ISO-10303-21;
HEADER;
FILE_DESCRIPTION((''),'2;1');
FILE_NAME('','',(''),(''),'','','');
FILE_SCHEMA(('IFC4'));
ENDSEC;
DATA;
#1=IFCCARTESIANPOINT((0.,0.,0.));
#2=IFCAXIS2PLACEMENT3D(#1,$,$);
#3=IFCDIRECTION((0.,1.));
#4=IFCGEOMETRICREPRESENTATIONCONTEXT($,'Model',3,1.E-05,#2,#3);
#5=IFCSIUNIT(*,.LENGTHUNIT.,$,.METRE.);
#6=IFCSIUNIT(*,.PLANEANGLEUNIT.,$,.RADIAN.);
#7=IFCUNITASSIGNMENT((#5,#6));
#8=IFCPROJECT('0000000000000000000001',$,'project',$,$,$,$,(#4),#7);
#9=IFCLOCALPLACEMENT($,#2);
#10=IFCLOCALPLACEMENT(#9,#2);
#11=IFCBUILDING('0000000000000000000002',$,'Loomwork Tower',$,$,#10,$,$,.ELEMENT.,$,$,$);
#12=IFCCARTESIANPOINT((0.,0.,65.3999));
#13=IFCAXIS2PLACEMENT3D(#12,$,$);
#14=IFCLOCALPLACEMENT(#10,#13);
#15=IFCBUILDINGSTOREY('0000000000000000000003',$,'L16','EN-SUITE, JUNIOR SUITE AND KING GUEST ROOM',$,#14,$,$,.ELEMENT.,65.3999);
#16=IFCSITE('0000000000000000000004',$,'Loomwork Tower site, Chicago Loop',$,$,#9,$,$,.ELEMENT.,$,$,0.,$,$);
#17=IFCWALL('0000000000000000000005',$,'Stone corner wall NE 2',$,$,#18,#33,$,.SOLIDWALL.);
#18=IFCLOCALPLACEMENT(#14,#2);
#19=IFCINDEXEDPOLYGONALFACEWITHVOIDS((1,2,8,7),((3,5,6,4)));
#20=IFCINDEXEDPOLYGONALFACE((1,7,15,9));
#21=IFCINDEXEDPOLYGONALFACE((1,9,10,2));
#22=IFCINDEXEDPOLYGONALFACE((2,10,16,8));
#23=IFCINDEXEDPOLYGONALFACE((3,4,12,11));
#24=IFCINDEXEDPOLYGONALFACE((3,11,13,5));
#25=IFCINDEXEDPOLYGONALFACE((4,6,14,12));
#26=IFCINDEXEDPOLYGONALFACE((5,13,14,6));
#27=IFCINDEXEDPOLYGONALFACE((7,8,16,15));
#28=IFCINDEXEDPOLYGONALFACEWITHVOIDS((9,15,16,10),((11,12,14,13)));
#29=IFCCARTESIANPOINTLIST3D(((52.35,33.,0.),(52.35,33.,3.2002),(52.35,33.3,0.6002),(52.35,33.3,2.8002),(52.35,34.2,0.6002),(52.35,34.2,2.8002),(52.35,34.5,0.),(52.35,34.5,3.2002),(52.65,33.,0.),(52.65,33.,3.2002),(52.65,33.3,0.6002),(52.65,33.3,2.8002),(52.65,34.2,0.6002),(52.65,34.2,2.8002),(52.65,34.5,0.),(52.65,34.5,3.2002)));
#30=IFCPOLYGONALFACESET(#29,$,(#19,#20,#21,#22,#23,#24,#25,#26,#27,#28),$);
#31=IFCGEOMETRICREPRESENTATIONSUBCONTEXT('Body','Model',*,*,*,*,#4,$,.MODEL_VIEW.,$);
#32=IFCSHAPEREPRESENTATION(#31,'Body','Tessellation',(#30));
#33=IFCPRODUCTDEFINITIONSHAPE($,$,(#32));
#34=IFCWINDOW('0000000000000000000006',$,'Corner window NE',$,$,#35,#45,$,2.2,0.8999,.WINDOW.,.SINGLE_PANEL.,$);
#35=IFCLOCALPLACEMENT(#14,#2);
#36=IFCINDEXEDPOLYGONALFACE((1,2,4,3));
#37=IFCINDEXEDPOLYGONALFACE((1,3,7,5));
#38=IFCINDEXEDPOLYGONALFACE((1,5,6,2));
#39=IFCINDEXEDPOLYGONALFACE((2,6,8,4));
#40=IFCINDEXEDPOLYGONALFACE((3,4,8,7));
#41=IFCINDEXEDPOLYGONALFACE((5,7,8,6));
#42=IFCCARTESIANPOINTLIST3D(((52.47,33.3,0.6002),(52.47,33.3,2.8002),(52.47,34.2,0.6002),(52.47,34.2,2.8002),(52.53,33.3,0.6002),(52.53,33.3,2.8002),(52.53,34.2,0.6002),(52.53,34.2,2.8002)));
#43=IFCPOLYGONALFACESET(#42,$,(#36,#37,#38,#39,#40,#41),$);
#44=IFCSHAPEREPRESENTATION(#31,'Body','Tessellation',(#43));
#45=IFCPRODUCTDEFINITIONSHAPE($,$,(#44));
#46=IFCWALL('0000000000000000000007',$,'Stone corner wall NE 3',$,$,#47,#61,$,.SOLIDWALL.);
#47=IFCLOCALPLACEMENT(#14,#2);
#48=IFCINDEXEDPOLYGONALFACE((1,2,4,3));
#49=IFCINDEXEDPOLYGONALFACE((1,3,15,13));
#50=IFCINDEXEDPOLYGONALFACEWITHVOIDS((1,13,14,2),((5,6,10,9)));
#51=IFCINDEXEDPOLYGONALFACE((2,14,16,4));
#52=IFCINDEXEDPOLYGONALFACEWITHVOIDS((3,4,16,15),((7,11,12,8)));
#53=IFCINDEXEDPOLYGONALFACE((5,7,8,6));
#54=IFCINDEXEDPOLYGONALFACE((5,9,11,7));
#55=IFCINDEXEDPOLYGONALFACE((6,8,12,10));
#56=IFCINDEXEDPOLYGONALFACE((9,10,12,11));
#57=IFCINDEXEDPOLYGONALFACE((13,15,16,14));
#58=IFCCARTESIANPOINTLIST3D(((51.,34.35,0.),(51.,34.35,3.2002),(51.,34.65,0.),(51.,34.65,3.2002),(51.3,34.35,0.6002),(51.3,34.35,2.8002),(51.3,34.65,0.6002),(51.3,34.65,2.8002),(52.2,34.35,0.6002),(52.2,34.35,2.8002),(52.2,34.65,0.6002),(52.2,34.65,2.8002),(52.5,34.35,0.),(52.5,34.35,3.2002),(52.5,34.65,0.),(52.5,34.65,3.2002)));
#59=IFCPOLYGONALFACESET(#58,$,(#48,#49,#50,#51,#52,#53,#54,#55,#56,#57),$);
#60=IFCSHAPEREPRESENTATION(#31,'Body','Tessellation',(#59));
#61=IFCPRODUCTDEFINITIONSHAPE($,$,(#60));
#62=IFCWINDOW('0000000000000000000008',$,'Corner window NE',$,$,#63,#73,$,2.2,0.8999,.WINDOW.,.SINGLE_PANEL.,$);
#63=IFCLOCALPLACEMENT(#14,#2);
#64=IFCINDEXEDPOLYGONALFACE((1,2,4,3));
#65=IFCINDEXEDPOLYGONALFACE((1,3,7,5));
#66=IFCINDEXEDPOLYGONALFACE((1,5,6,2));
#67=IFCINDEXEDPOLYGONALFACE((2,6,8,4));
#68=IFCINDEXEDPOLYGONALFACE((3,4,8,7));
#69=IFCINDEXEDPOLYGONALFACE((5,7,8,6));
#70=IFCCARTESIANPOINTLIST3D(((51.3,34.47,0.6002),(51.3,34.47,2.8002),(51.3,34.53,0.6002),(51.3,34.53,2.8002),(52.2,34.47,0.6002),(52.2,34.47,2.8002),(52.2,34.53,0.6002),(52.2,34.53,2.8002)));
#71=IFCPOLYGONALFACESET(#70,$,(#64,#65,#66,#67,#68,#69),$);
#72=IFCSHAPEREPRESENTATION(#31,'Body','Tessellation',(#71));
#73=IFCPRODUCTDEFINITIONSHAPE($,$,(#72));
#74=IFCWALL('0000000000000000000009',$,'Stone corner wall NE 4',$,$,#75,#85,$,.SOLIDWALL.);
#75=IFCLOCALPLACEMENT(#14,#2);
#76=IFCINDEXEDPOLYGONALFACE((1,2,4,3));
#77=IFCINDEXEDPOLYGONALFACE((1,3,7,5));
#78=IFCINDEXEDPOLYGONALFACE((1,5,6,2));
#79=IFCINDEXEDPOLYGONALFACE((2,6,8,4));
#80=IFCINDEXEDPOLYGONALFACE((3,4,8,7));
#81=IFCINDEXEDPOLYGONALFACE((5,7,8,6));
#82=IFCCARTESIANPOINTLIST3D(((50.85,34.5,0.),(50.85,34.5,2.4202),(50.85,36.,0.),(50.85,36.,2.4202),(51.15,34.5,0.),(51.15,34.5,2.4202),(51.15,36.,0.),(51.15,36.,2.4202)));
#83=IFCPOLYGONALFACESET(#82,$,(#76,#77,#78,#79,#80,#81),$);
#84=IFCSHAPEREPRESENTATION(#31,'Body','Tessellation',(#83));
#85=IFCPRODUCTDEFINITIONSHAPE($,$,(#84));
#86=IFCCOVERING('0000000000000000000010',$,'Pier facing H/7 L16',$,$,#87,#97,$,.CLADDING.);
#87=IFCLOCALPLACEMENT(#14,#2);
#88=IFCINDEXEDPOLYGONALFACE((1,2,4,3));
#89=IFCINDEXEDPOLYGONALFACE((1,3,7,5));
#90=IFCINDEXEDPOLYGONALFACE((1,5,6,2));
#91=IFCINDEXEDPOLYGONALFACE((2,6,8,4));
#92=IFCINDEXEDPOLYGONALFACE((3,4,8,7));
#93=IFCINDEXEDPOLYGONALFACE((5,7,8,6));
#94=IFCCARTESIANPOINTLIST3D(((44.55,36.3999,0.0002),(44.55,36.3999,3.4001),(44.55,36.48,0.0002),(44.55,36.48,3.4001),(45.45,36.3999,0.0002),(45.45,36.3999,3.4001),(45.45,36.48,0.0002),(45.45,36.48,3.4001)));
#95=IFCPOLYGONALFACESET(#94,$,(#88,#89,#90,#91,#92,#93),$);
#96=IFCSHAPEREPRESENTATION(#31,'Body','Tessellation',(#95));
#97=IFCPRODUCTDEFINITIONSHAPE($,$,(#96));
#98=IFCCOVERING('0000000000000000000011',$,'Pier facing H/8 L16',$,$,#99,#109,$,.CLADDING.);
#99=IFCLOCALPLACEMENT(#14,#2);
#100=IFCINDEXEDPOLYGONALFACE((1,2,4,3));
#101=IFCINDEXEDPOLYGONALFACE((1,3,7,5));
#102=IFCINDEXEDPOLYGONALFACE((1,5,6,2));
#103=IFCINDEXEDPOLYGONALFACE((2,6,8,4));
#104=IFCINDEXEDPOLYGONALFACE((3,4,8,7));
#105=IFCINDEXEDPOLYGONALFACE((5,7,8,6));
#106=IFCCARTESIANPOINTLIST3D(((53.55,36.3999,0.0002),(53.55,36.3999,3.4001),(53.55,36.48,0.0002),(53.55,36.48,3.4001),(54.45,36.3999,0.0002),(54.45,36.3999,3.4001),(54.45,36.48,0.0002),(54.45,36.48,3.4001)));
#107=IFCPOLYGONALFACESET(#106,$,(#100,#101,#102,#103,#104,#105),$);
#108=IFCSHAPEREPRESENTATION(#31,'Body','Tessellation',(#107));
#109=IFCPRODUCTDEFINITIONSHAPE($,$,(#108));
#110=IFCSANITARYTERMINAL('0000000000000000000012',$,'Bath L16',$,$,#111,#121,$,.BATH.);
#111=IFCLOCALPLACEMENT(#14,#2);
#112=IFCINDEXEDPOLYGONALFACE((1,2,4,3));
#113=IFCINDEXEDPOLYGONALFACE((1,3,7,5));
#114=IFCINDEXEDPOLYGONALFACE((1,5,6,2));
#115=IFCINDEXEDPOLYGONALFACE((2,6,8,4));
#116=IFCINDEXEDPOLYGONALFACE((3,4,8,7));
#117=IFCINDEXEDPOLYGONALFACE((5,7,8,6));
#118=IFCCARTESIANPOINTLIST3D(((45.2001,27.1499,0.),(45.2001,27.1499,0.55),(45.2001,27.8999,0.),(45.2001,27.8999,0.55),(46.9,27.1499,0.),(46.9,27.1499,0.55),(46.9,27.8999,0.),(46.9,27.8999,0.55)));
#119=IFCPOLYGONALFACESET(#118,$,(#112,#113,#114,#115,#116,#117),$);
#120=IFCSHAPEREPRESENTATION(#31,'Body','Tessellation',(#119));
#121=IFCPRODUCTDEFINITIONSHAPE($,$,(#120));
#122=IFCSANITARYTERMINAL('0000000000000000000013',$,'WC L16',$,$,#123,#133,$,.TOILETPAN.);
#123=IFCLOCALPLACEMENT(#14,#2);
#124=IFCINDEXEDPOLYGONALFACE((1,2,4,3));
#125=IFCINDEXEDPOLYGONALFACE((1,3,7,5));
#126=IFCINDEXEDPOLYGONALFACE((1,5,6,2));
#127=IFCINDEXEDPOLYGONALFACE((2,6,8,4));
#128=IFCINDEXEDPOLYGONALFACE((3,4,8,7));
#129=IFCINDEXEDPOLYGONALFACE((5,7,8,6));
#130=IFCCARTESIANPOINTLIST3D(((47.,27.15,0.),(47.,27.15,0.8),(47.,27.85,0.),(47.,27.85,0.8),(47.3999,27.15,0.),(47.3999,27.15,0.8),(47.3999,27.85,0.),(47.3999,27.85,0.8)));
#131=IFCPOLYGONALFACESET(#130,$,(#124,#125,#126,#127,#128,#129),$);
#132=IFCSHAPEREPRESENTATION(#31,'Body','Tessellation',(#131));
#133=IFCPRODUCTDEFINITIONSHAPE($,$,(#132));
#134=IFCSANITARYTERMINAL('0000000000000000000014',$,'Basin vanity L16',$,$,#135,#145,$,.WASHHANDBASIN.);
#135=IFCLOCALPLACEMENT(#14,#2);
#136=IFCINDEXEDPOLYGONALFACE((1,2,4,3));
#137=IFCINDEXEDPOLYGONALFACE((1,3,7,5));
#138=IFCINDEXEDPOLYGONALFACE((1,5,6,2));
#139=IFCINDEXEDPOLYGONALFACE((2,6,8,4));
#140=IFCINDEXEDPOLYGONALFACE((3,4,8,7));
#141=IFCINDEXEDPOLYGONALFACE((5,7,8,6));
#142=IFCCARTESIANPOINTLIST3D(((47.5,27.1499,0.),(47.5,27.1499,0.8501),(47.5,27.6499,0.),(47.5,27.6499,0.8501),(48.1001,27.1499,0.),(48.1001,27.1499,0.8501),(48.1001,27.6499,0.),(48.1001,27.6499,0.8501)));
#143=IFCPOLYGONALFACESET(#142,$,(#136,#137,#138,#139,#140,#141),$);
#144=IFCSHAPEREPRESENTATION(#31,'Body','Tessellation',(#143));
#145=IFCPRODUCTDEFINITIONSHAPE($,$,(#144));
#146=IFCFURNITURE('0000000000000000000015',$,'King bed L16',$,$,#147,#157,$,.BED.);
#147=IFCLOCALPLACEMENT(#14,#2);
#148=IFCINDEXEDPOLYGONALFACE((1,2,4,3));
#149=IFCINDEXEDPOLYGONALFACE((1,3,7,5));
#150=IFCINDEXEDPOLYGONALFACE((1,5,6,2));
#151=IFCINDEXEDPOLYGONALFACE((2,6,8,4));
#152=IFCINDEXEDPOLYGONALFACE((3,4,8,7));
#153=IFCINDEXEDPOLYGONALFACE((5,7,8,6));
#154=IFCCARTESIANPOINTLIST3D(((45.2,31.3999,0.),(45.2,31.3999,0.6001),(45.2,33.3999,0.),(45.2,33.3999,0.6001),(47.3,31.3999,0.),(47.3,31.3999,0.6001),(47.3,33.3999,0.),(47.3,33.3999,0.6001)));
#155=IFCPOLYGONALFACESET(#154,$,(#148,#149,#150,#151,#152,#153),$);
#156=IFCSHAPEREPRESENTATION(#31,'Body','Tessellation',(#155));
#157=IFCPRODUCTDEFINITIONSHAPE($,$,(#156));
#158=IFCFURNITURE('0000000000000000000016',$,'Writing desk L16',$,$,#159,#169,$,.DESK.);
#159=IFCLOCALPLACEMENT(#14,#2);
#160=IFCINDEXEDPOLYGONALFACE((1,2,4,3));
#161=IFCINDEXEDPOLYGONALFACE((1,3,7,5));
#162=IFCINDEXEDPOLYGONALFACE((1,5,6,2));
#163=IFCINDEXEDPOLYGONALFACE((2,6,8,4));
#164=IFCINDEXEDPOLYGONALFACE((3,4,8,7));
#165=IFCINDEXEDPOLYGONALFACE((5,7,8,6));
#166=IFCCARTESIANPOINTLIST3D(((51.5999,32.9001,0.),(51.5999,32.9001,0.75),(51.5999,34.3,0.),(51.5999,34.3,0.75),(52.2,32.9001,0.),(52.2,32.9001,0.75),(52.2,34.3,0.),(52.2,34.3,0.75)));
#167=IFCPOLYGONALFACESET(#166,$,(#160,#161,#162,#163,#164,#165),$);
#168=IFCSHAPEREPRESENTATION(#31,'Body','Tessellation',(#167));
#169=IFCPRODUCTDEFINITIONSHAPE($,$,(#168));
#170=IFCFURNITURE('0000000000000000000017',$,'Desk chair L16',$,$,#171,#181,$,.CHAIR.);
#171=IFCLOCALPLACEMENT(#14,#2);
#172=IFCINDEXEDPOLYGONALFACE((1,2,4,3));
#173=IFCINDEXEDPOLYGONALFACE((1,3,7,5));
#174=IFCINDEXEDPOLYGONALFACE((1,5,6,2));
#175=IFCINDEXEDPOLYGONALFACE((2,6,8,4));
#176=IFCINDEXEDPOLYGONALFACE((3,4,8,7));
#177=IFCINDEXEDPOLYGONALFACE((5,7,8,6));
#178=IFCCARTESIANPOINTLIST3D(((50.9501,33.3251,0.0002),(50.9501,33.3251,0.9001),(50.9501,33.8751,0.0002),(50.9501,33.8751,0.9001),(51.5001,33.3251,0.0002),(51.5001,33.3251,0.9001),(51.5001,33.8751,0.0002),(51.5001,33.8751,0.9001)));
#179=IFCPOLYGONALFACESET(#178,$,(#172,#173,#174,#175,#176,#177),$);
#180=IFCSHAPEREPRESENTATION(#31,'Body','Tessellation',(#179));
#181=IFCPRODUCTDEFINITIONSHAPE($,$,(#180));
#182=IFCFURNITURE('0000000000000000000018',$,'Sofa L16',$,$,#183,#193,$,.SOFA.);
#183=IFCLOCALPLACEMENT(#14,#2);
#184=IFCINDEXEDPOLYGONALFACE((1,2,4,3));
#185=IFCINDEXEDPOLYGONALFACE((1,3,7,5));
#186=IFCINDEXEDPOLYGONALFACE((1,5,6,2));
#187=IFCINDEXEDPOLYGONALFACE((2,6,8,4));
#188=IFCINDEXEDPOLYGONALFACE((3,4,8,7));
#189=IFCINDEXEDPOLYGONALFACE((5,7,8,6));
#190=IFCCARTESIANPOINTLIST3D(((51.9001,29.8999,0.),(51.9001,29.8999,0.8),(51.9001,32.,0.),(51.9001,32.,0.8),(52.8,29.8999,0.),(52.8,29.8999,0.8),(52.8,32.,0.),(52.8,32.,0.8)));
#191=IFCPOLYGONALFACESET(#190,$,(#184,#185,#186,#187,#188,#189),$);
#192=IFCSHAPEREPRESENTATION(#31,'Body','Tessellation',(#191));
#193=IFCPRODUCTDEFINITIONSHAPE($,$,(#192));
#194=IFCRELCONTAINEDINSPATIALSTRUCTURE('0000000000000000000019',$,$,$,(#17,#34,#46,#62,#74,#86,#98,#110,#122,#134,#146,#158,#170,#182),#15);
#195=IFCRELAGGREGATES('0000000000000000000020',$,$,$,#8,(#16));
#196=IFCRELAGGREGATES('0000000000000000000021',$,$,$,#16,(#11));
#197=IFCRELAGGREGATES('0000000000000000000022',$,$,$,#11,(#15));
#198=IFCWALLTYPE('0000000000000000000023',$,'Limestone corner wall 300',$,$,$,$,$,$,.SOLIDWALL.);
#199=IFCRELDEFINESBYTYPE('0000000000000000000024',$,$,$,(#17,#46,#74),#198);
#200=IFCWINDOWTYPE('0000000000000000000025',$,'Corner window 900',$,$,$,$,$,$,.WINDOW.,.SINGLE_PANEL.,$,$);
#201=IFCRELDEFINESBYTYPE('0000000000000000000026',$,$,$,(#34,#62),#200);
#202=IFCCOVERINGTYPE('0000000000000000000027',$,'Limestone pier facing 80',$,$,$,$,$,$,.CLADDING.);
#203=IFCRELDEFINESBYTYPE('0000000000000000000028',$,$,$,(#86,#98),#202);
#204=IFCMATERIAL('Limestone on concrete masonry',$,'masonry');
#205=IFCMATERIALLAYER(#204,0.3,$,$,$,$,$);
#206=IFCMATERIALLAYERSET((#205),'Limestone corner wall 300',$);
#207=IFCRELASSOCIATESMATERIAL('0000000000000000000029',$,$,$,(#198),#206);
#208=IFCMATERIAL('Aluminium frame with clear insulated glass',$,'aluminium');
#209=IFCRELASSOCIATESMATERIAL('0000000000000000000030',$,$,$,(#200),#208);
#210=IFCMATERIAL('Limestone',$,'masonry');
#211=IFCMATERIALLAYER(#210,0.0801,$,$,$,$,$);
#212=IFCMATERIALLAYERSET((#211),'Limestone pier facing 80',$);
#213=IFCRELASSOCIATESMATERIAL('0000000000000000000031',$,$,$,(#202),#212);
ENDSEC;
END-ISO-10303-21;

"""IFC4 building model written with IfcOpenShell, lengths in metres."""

from ifc_helpers import new_model, si_unit, direction, frame, frame_2d, origin, origin_2d, place, context, subcontext, project, spatial, rectangle, extrude, material, layer, layer_set, type_object, element, fill, save


model = new_model("IFC4")

# Units and contexts
model_context = context("Model", 3, precision=1e-05, world=origin(), true_north=direction((0.0, 1.0)))
body_context = subcontext(model_context, "Body", "Model", "MODEL_VIEW")
ifc_project = project(units=[si_unit("LENGTHUNIT", "METRE"), si_unit("PLANEANGLEUNIT", "RADIAN")], contexts=[model_context])

# Site, building, storey
site_placement = place(None, origin())
site = spatial("IfcSite", under=ifc_project, at=site_placement, Name="Loomwork Tower site, Chicago Loop", CompositionType="ELEMENT", RefElevation=0.0)
building_placement = place(site_placement, origin())
building = spatial("IfcBuilding", under=site, at=building_placement, Name="Loomwork Tower", CompositionType="ELEMENT")
storey_placement = place(building_placement, frame((0.0, 0.0, 65.3999)))
storey = spatial("IfcBuildingStorey", under=building, at=storey_placement, Name="L16", Description="EN-SUITE, JUNIOR SUITE AND KING GUEST ROOM", CompositionType="ELEMENT", Elevation=65.3999)

# Shared definitions
ifc_material_1 = material(Name="Limestone on concrete masonry", Category="masonry")
ifc_layer_1 = layer(ifc_material_1, 0.3)
ifc_layer_set_1 = layer_set([ifc_layer_1], Name="Limestone corner wall 300")
wall_type_1 = type_object("IfcWallType", Name="Limestone corner wall 300", PredefinedType="SOLIDWALL", material=ifc_layer_set_1)

# Walls, openings, windows
wall_1_placement = place(storey_placement, frame((52.5, 33.0, 0.0), z_axis=(0.0, 0.0, 1.0), x_axis=(0.0, 1.0, 0.0)))
wall_1 = element("IfcWall", 1, at=wall_1_placement, inside=storey, type_object=wall_type_1, Name="Stone corner wall NE 2", PredefinedType="SOLIDWALL", context=body_context, shape_type="SweptSolid", body=[
    extrude(rectangle(XDim=1.5, YDim=0.3, at=frame_2d((0.75, 0.0))), origin(), (0.0, 0.0, 1.0), 3.2002),
])
opening_1_placement = place(wall_1_placement, frame((0.3, 0.0, 0.6001)))
opening_1 = element("IfcOpeningElement", 2, at=opening_1_placement, cuts=wall_1, PredefinedType="OPENING", context=body_context, shape_type="SweptSolid", body=[
    extrude(rectangle(XDim=0.8999, YDim=2.2, at=frame_2d((0.45, 1.1001))), frame((0.0, 0.1599, 0.0), z_axis=(0.0, -1.0, 0.0), x_axis=(1.0, 0.0, 0.0)), (0.0, 0.0, 1.0), 0.3201),
])
ifc_material_2 = material(Name="Aluminium frame with clear insulated glass", Category="aluminium")
window_type_1 = type_object("IfcWindowType", Name="Corner window 900", PartitioningType="SINGLE_PANEL", PredefinedType="WINDOW", material=ifc_material_2)
window_1_placement = place(opening_1_placement, origin())
window_1 = element("IfcWindow", 3, at=window_1_placement, inside=storey, type_object=window_type_1, Name="Corner window NE", OverallHeight=2.2, OverallWidth=0.8999, PartitioningType="SINGLE_PANEL", PredefinedType="WINDOW", context=body_context, shape_type="SweptSolid", body=[
    extrude(rectangle(XDim=0.8999, YDim=2.2, at=frame_2d((0.45, 1.1001))), frame((0.0, 0.03, 0.0), z_axis=(0.0, -1.0, 0.0), x_axis=(1.0, 0.0, 0.0)), (0.0, 0.0, 1.0), 0.0601),
])
fill(opening_1, window_1)
wall_2_placement = place(storey_placement, frame((52.5, 34.5, 0.0), z_axis=(0.0, 0.0, 1.0), x_axis=(-1.0, 0.0, 0.0)))
wall_2 = element("IfcWall", 4, at=wall_2_placement, inside=storey, type_object=wall_type_1, Name="Stone corner wall NE 3", PredefinedType="SOLIDWALL", context=body_context, shape_type="SweptSolid", body=[
    extrude(rectangle(XDim=1.5, YDim=0.3, at=frame_2d((0.75, 0.0))), origin(), (0.0, 0.0, 1.0), 3.2002),
])
opening_2_placement = place(wall_2_placement, frame((0.3, 0.0, 0.6001)))
opening_2 = element("IfcOpeningElement", 5, at=opening_2_placement, cuts=wall_2, PredefinedType="OPENING", context=body_context, shape_type="SweptSolid", body=[
    extrude(rectangle(XDim=0.8999, YDim=2.2, at=frame_2d((0.45, 1.1001))), frame((0.0, 0.1599, 0.0), z_axis=(0.0, -1.0, 0.0), x_axis=(1.0, 0.0, 0.0)), (0.0, 0.0, 1.0), 0.3201),
])
window_2_placement = place(opening_2_placement, origin())
window_2 = element("IfcWindow", 6, at=window_2_placement, inside=storey, type_object=window_type_1, Name="Corner window NE", OverallHeight=2.2, OverallWidth=0.8999, PartitioningType="SINGLE_PANEL", PredefinedType="WINDOW", context=body_context, shape_type="SweptSolid", body=[
    extrude(rectangle(XDim=0.8999, YDim=2.2, at=frame_2d((0.45, 1.1001))), frame((0.0, 0.03, 0.0), z_axis=(0.0, -1.0, 0.0), x_axis=(1.0, 0.0, 0.0)), (0.0, 0.0, 1.0), 0.0601),
])
fill(opening_2, window_2)

# Wall
wall_3_placement = place(storey_placement, frame((51.0, 34.5, 0.0), z_axis=(0.0, 0.0, 1.0), x_axis=(0.0, 1.0, 0.0)))
element("IfcWall", 7, at=wall_3_placement, inside=storey, type_object=wall_type_1, Name="Stone corner wall NE 4", PredefinedType="SOLIDWALL", context=body_context, shape_type="SweptSolid", body=[
    extrude(rectangle(XDim=1.5, YDim=0.3, at=frame_2d((0.75, 0.0))), origin(), (0.0, 0.0, 1.0), 2.4202),
])

# Coverings
ifc_material_3 = material(Name="Limestone", Category="masonry")
ifc_layer_2 = layer(ifc_material_3, 0.0801)
ifc_layer_set_2 = layer_set([ifc_layer_2], Name="Limestone pier facing 80")
covering_type = type_object("IfcCoveringType", Name="Limestone pier facing 80", PredefinedType="CLADDING", material=ifc_layer_set_2)
for number, where, z_axis, x_axis, name in (
    (8, (45.0, 36.4399, 0.0002), (0.0, 0.0, 1.0), (1.0, 0.0, 0.0), "Pier facing H/7 L16"),
    (9, (54.0, 36.4399, 0.0002), (0.0, 0.0, 1.0), (1.0, 0.0, 0.0), "Pier facing H/8 L16"),
):
    element("IfcCovering", number, at=place(storey_placement, frame(where, z_axis=z_axis, x_axis=x_axis)), inside=storey, type_object=covering_type, Name=name, PredefinedType="CLADDING", context=body_context, shape_type="SweptSolid", body=[
        extrude(rectangle(XDim=0.8999, YDim=0.0801, at=origin_2d()), origin(), (0.0, 0.0, 1.0), 3.3999),
    ])

# Sanitary terminals
sanitary_terminal_1_placement = place(storey_placement, frame((46.05, 27.5249, 0.0), z_axis=(0.0, 0.0, 1.0), x_axis=(1.0, 0.0, 0.0)))
element("IfcSanitaryTerminal", 10, at=sanitary_terminal_1_placement, inside=storey, Name="Bath L16", PredefinedType="BATH", context=body_context, shape_type="SweptSolid", body=[
    extrude(rectangle(XDim=1.7, YDim=0.75, at=origin_2d()), origin(), (0.0, 0.0, 1.0), 0.55),
])
sanitary_terminal_2_placement = place(storey_placement, frame((47.2, 27.5, 0.0), z_axis=(0.0, 0.0, 1.0), x_axis=(1.0, 0.0, 0.0)))
element("IfcSanitaryTerminal", 11, at=sanitary_terminal_2_placement, inside=storey, Name="WC L16", PredefinedType="TOILETPAN", context=body_context, shape_type="SweptSolid", body=[
    extrude(rectangle(XDim=0.3999, YDim=0.7, at=origin_2d()), origin(), (0.0, 0.0, 1.0), 0.8),
])
sanitary_terminal_3_placement = place(storey_placement, frame((47.8, 27.3999, 0.0), z_axis=(0.0, 0.0, 1.0), x_axis=(1.0, 0.0, 0.0)))
element("IfcSanitaryTerminal", 12, at=sanitary_terminal_3_placement, inside=storey, Name="Basin vanity L16", PredefinedType="WASHHANDBASIN", context=body_context, shape_type="SweptSolid", body=[
    extrude(rectangle(XDim=0.6001, YDim=0.5, at=origin_2d()), origin(), (0.0, 0.0, 1.0), 0.8501),
])

# Furniture
furniture_1_placement = place(storey_placement, frame((46.25, 32.3999, 0.0), z_axis=(0.0, 0.0, 1.0), x_axis=(1.0, 0.0, 0.0)))
element("IfcFurniture", 13, at=furniture_1_placement, inside=storey, Name="King bed L16", PredefinedType="BED", context=body_context, shape_type="SweptSolid", body=[
    extrude(rectangle(XDim=2.1001, YDim=2.0, at=origin_2d()), origin(), (0.0, 0.0, 1.0), 0.6001),
])
furniture_2_placement = place(storey_placement, frame((51.8999, 33.6001, 0.0), z_axis=(0.0, 0.0, 1.0), x_axis=(1.0, 0.0, 0.0)))
element("IfcFurniture", 14, at=furniture_2_placement, inside=storey, Name="Writing desk L16", PredefinedType="DESK", context=body_context, shape_type="SweptSolid", body=[
    extrude(rectangle(XDim=0.6001, YDim=1.3999, at=origin_2d()), origin(), (0.0, 0.0, 1.0), 0.75),
])
furniture_3_placement = place(storey_placement, frame((51.2251, 33.6001, 0.0002), z_axis=(0.0, 0.0, 1.0), x_axis=(1.0, 0.0, 0.0)))
element("IfcFurniture", 15, at=furniture_3_placement, inside=storey, Name="Desk chair L16", PredefinedType="CHAIR", context=body_context, shape_type="SweptSolid", body=[
    extrude(rectangle(XDim=0.55, YDim=0.55, at=origin_2d()), origin(), (0.0, 0.0, 1.0), 0.8999),
])
furniture_4_placement = place(storey_placement, frame((52.3501, 30.95, 0.0), z_axis=(0.0, 0.0, 1.0), x_axis=(1.0, 0.0, 0.0)))
element("IfcFurniture", 16, at=furniture_4_placement, inside=storey, Name="Sofa L16", PredefinedType="SOFA", context=body_context, shape_type="SweptSolid", body=[
    extrude(rectangle(XDim=0.8999, YDim=2.1001, at=origin_2d()), origin(), (0.0, 0.0, 1.0), 0.8),
])

save(model, "model.ifc")
